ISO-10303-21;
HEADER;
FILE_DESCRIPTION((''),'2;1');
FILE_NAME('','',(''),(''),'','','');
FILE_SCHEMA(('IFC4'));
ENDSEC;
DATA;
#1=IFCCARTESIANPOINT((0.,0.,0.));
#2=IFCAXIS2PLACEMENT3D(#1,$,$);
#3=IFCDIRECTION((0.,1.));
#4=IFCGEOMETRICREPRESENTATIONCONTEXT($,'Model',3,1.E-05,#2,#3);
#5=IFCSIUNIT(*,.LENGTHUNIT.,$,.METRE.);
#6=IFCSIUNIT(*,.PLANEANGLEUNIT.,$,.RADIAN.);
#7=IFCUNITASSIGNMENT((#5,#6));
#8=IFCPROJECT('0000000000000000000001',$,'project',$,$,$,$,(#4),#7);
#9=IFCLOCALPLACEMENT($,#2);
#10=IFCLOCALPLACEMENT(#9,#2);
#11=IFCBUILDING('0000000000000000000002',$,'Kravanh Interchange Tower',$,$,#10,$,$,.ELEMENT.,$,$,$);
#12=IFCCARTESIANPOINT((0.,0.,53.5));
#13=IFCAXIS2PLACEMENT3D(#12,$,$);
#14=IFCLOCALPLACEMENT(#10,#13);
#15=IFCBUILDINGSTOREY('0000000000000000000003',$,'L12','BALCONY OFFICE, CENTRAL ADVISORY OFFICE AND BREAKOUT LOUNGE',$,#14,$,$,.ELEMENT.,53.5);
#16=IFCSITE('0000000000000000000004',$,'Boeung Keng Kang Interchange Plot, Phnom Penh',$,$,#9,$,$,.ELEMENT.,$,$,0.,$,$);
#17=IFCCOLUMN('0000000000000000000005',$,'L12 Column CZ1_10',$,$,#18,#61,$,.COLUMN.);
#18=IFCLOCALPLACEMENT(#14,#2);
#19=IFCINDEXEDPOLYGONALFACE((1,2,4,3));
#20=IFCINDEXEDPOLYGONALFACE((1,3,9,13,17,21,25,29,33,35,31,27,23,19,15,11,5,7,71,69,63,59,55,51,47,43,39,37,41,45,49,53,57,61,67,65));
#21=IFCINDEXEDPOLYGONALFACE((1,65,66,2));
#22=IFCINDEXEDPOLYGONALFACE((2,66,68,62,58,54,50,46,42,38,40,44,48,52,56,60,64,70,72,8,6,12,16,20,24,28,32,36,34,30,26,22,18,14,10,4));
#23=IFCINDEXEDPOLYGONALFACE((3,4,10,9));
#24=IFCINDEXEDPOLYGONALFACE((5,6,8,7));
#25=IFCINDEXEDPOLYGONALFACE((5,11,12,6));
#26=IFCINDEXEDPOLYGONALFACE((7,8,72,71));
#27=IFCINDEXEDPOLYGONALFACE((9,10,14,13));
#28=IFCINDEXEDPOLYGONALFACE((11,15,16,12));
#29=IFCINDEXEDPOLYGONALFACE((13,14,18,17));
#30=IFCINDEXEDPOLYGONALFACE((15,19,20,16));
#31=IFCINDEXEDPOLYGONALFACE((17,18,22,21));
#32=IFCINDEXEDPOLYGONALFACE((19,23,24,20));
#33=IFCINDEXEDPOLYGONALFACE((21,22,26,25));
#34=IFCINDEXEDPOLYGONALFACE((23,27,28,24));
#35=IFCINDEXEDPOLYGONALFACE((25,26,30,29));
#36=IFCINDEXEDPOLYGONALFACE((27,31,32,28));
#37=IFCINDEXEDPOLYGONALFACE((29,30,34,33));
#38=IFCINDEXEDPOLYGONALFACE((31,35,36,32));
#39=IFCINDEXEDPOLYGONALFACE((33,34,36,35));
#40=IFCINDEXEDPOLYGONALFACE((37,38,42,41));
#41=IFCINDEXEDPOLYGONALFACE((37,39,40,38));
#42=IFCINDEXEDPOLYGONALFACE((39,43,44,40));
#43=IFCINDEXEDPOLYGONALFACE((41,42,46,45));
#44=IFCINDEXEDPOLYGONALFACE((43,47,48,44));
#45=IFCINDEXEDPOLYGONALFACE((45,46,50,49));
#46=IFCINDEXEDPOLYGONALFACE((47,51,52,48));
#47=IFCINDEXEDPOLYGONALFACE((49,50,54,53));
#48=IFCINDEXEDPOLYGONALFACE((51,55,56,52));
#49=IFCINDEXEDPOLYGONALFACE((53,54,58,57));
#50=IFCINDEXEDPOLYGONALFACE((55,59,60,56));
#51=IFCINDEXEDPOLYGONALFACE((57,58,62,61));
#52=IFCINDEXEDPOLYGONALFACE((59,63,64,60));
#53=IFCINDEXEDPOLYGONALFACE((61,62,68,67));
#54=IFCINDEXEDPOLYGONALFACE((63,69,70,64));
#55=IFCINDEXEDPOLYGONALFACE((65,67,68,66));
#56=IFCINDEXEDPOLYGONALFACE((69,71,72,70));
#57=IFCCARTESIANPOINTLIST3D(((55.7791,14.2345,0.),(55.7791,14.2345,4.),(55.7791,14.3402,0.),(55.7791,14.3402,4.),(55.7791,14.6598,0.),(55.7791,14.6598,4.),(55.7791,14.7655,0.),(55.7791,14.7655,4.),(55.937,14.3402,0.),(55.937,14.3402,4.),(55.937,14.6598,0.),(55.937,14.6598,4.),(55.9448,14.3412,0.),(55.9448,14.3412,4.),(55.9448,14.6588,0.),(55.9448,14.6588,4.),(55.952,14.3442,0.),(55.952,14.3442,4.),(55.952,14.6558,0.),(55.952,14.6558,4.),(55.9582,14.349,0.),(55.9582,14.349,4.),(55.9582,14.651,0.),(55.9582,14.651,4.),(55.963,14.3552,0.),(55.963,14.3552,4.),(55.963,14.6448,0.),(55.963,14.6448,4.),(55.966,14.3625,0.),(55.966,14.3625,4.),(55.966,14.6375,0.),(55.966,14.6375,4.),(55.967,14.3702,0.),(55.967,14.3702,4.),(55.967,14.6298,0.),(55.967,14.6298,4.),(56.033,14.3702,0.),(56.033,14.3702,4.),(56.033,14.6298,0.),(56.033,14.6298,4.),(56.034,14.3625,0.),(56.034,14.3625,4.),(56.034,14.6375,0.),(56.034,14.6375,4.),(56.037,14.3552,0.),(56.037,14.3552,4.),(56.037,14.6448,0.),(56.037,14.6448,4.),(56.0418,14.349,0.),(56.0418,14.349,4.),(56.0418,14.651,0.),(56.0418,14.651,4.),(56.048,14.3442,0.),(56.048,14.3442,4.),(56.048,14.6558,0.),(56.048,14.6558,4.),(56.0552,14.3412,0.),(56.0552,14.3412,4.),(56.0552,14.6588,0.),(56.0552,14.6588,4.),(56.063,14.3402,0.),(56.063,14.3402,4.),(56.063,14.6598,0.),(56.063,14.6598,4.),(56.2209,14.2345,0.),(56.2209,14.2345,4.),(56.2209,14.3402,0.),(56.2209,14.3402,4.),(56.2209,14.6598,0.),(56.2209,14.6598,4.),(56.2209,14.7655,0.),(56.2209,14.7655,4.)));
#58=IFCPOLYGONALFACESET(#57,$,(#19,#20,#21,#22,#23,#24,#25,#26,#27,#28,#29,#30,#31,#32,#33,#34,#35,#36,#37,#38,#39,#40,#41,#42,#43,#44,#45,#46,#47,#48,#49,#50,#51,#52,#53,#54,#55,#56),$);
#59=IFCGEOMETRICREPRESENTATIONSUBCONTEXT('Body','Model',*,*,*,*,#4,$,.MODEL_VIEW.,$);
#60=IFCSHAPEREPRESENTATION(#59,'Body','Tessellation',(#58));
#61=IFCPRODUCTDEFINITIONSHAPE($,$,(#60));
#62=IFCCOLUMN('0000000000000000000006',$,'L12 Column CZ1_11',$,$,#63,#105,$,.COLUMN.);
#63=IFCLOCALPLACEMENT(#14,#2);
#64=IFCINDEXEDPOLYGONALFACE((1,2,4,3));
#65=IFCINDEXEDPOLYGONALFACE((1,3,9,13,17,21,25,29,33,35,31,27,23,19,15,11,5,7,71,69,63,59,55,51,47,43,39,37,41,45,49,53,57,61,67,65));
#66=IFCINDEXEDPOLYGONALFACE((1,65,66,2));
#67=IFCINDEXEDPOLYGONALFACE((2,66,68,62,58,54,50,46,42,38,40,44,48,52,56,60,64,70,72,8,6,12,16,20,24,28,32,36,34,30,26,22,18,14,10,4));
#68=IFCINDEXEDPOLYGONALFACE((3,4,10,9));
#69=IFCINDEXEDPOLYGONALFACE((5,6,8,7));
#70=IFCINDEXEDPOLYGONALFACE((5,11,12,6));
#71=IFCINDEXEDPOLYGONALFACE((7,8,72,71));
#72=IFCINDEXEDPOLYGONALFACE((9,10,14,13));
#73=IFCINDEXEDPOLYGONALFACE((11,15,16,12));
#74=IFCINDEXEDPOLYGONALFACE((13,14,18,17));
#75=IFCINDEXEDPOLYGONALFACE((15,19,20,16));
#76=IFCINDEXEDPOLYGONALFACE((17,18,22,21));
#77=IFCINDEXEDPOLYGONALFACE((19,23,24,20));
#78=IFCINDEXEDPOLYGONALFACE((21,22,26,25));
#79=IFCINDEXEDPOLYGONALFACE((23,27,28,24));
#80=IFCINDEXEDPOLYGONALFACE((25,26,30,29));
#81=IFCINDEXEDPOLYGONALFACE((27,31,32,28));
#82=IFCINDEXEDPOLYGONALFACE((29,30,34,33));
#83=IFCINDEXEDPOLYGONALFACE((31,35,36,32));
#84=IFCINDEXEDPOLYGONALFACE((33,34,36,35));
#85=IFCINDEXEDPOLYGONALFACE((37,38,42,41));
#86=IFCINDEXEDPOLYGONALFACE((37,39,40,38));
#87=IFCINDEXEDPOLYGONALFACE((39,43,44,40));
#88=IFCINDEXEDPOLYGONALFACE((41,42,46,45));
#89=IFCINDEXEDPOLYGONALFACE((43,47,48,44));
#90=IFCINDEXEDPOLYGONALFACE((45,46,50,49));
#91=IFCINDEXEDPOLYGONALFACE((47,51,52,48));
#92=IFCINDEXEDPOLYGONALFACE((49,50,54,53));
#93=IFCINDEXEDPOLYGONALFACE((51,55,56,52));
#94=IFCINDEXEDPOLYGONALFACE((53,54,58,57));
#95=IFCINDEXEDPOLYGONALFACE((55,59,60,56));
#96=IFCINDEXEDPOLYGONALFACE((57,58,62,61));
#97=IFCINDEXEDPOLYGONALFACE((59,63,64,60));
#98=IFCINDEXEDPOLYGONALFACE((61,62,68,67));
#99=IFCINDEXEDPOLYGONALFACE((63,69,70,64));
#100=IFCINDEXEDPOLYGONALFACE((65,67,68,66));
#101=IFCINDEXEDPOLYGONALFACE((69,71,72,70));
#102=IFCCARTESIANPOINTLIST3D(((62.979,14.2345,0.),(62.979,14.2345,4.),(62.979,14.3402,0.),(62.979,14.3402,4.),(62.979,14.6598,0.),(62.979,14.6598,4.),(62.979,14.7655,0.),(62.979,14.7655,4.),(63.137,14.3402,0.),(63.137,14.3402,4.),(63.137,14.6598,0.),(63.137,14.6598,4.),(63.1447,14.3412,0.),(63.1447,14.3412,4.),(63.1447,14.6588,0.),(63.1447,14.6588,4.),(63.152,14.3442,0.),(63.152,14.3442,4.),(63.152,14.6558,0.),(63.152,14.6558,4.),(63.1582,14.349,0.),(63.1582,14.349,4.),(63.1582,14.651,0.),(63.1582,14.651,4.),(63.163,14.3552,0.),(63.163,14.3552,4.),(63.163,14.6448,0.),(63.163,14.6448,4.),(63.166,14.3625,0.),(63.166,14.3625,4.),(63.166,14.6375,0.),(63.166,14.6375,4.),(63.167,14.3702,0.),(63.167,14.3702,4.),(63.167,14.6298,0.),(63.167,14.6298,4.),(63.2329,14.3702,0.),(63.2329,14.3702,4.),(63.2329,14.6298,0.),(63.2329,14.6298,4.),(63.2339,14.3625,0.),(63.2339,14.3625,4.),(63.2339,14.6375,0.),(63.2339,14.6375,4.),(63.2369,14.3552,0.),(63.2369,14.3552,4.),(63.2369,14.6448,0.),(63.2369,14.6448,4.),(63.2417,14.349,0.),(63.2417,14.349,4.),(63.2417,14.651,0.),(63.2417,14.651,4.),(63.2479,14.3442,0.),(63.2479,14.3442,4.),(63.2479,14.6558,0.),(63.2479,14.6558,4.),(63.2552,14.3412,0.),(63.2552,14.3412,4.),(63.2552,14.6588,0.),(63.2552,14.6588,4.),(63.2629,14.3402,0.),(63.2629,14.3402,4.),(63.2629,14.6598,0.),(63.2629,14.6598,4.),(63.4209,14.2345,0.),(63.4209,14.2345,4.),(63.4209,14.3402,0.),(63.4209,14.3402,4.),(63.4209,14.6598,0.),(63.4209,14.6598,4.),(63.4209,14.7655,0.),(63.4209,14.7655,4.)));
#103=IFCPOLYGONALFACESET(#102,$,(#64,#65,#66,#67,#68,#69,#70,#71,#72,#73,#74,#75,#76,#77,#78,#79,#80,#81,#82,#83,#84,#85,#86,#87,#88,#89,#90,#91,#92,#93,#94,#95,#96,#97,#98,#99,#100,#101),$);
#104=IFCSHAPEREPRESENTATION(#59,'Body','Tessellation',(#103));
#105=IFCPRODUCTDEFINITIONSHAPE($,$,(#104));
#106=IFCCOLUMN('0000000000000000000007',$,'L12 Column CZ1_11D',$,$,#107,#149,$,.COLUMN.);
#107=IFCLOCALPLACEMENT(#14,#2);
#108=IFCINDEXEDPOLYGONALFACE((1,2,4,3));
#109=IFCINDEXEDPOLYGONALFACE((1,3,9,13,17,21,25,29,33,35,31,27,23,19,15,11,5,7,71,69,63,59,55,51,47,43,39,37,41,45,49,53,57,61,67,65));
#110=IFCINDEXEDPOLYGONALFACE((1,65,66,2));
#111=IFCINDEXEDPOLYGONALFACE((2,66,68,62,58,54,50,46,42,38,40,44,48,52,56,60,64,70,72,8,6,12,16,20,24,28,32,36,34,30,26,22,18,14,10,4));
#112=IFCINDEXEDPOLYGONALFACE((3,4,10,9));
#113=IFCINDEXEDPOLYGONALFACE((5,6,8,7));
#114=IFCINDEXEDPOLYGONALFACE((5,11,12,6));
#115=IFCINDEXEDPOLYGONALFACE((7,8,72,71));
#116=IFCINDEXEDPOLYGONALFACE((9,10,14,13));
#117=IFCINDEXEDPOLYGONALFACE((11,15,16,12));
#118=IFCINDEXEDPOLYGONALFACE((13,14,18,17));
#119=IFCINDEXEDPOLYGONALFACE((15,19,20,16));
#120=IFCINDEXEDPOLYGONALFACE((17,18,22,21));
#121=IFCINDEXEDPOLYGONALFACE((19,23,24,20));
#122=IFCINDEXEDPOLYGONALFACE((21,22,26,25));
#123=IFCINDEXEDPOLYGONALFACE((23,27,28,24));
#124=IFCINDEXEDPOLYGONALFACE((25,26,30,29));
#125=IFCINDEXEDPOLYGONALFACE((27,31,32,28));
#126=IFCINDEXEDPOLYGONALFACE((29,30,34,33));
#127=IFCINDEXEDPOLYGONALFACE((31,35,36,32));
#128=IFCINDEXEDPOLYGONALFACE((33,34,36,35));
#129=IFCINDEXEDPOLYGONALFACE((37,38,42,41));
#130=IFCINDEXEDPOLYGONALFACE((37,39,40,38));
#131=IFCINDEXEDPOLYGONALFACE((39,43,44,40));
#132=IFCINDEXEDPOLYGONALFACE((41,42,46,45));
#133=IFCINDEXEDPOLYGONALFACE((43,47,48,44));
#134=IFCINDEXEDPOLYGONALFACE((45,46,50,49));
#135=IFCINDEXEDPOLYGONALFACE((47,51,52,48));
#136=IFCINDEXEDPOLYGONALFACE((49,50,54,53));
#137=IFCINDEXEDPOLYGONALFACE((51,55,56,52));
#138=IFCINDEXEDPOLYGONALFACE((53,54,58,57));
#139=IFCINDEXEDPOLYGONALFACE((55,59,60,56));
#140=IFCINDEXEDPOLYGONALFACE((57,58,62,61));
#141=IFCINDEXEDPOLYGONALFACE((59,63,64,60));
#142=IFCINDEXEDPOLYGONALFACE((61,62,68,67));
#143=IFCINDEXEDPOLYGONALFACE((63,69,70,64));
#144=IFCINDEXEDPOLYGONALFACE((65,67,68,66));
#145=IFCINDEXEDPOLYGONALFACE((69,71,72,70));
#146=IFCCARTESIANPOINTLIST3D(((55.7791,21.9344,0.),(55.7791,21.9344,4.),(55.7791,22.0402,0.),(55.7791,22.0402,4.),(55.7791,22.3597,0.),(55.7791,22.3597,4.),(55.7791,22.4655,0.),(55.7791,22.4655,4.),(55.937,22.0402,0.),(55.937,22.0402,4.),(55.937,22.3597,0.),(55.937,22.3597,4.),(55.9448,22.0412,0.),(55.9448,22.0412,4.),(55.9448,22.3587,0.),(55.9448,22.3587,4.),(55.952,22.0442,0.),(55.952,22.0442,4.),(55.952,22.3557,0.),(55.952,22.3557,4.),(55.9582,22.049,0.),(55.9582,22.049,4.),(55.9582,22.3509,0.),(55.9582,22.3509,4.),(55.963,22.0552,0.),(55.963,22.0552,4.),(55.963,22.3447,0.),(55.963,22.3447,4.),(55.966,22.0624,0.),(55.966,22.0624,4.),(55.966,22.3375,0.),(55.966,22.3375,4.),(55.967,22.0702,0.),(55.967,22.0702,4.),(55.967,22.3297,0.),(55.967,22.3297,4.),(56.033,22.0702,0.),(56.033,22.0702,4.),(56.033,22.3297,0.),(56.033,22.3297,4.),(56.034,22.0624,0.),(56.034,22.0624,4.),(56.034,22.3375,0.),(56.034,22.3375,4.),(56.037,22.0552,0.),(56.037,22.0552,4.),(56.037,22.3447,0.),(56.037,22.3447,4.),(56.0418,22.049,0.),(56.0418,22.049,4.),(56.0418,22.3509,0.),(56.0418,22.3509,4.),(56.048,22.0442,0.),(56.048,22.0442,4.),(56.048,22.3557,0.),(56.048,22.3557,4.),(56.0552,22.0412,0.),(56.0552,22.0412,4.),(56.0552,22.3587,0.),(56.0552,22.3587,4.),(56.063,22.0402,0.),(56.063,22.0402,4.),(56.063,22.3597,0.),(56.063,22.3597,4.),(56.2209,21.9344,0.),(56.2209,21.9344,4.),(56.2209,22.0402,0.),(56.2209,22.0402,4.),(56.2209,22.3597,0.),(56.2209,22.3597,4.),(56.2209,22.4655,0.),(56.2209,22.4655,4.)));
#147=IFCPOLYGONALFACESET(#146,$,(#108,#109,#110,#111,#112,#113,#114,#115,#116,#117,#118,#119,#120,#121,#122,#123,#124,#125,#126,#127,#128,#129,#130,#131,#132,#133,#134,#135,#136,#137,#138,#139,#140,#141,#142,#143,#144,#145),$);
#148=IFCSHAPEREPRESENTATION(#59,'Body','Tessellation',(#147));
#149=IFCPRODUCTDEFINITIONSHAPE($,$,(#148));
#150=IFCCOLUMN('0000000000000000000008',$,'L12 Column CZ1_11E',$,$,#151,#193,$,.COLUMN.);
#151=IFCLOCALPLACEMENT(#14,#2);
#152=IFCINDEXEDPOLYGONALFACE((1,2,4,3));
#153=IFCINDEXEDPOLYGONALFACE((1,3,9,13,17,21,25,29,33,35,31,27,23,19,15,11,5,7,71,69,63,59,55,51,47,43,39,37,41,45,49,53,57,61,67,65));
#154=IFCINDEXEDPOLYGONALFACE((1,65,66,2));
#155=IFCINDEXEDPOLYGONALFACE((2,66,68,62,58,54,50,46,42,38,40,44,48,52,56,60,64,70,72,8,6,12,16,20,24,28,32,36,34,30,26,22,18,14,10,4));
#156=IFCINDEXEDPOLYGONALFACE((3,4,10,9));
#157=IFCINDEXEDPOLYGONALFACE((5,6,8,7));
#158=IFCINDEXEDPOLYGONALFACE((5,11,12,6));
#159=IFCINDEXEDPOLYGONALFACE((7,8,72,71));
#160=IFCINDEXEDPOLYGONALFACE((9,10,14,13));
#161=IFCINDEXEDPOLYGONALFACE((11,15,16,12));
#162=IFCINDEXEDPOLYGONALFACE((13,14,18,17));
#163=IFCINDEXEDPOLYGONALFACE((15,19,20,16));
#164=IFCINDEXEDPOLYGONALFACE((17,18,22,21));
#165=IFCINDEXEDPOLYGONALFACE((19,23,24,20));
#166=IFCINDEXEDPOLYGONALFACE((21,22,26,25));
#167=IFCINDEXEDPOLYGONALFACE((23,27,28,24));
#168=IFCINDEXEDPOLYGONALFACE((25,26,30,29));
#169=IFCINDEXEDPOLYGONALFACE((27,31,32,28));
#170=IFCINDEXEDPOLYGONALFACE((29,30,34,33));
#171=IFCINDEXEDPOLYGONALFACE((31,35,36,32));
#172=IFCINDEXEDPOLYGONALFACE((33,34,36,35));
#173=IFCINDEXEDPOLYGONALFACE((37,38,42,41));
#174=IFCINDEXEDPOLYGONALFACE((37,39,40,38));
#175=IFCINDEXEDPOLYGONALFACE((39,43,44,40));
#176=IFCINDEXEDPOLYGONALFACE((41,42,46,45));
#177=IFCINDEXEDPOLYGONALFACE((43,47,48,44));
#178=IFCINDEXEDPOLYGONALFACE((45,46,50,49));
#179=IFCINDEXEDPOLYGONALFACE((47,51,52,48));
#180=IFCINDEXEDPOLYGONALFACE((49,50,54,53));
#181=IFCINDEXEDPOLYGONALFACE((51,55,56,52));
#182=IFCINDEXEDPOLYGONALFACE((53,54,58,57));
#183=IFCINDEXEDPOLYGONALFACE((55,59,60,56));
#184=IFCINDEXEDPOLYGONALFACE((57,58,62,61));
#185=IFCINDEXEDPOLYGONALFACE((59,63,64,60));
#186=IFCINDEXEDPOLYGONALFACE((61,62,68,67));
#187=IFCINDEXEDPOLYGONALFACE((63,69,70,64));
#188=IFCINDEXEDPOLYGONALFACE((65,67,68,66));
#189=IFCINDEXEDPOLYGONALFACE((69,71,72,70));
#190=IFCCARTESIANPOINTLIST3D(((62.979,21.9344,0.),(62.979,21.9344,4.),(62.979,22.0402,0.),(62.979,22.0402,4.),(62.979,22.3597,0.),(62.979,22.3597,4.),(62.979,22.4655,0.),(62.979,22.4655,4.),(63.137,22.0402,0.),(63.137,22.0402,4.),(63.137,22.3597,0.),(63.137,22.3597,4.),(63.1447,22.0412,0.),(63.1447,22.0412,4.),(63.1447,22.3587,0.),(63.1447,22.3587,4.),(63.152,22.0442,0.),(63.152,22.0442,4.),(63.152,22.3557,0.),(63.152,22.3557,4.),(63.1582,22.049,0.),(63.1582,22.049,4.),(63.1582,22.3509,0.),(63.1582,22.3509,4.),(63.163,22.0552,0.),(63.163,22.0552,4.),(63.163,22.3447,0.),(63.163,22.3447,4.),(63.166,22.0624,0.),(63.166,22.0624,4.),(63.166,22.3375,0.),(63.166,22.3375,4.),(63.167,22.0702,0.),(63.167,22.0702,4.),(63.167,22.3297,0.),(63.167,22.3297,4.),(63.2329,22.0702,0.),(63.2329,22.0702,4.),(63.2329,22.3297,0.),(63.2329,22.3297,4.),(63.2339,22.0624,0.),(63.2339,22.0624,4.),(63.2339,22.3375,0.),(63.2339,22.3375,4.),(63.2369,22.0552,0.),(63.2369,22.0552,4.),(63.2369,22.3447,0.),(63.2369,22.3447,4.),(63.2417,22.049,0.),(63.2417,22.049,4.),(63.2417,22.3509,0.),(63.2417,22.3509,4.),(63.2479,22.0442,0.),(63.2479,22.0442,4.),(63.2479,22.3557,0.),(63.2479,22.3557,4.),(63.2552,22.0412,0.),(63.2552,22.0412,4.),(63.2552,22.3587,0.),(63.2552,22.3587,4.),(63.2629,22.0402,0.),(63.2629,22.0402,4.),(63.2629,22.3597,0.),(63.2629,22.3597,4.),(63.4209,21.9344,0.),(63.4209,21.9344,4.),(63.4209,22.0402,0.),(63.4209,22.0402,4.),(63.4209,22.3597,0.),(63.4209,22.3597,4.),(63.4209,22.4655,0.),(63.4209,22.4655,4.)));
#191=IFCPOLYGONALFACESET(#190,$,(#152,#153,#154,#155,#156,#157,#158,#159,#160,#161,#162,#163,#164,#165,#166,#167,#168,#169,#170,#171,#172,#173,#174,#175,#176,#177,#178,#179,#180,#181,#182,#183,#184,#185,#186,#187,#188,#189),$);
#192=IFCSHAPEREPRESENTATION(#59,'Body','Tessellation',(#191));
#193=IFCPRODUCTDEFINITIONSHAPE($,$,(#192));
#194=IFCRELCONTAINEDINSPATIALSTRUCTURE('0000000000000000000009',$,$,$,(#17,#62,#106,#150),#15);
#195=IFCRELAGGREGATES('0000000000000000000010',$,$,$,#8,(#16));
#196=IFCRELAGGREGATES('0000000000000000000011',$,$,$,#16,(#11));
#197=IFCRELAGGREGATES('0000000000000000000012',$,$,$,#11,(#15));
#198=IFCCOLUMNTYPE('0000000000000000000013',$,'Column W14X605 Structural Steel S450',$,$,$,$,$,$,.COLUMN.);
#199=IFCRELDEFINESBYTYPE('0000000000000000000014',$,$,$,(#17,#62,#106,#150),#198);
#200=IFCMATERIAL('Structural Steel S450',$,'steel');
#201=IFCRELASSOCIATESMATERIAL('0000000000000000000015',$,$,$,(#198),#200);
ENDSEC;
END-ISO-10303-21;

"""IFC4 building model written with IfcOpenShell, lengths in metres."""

from ifc_helpers import new_model, si_unit, direction, frame, origin, origin_2d, place, context, subcontext, project, spatial, i_section, extrude, material, material_profile, profile_set, type_object, element, save


model = new_model("IFC4")

# Units and contexts
model_context = context("Model", 3, precision=1e-05, world=origin(), true_north=direction((0.0, 1.0)))
body_context = subcontext(model_context, "Body", "Model", "MODEL_VIEW")
ifc_project = project(units=[si_unit("LENGTHUNIT", "METRE"), si_unit("PLANEANGLEUNIT", "RADIAN")], contexts=[model_context])

# Site, building, storey
site_placement = place(None, origin())
site = spatial("IfcSite", under=ifc_project, at=site_placement, Name="Boeung Keng Kang Interchange Plot, Phnom Penh", CompositionType="ELEMENT", RefElevation=0.0)
building_placement = place(site_placement, origin())
building = spatial("IfcBuilding", under=site, at=building_placement, Name="Kravanh Interchange Tower", CompositionType="ELEMENT")
storey_placement = place(building_placement, frame((0.0, 0.0, 53.5)))
storey = spatial("IfcBuildingStorey", under=building, at=storey_placement, Name="L12", Description="BALCONY OFFICE, CENTRAL ADVISORY OFFICE AND BREAKOUT LOUNGE", CompositionType="ELEMENT", Elevation=53.5)

# Columns
ifc_material_1 = material(Name="Structural Steel S450", Category="steel")
ifc_material_profile_1 = material_profile(ifc_material_1, i_section(OverallWidth=0.4419, OverallDepth=0.531, WebThickness=0.0659, FlangeThickness=0.1057, FilletRadius=0.03, at=origin_2d()), Name="W14X605")
ifc_profile_set_1 = profile_set([ifc_material_profile_1], Name="Structural Steel S450")
column_type = type_object("IfcColumnType", Name="Column W14X605 Structural Steel S450", PredefinedType="COLUMN", material=ifc_profile_set_1)
for number, where, z_axis, x_axis, name in (
    (1, (56.0, 14.5, 0.0), (0.0, 0.0, 1.0), (1.0, 0.0, 0.0), "L12 Column CZ1_10"),
    (2, (63.2, 14.5, 0.0), (0.0, 0.0, 1.0), (1.0, 0.0, 0.0), "L12 Column CZ1_11"),
    (3, (56.0, 22.2, 0.0), (0.0, 0.0, 1.0), (1.0, 0.0, 0.0), "L12 Column CZ1_11D"),
    (4, (63.2, 22.2, 0.0), (0.0, 0.0, 1.0), (1.0, 0.0, 0.0), "L12 Column CZ1_11E"),
):
    element("IfcColumn", number, at=place(storey_placement, frame(where, z_axis=z_axis, x_axis=x_axis)), inside=storey, type_object=column_type, Name=name, PredefinedType="COLUMN", context=body_context, shape_type="SweptSolid", body=[
        extrude(i_section(OverallWidth=0.4419, OverallDepth=0.531, WebThickness=0.0659, FlangeThickness=0.1057, FilletRadius=0.03, at=origin_2d()), origin(), (0.0, 0.0, 1.0), 4.0),
    ])

save(model, "model.ifc")
